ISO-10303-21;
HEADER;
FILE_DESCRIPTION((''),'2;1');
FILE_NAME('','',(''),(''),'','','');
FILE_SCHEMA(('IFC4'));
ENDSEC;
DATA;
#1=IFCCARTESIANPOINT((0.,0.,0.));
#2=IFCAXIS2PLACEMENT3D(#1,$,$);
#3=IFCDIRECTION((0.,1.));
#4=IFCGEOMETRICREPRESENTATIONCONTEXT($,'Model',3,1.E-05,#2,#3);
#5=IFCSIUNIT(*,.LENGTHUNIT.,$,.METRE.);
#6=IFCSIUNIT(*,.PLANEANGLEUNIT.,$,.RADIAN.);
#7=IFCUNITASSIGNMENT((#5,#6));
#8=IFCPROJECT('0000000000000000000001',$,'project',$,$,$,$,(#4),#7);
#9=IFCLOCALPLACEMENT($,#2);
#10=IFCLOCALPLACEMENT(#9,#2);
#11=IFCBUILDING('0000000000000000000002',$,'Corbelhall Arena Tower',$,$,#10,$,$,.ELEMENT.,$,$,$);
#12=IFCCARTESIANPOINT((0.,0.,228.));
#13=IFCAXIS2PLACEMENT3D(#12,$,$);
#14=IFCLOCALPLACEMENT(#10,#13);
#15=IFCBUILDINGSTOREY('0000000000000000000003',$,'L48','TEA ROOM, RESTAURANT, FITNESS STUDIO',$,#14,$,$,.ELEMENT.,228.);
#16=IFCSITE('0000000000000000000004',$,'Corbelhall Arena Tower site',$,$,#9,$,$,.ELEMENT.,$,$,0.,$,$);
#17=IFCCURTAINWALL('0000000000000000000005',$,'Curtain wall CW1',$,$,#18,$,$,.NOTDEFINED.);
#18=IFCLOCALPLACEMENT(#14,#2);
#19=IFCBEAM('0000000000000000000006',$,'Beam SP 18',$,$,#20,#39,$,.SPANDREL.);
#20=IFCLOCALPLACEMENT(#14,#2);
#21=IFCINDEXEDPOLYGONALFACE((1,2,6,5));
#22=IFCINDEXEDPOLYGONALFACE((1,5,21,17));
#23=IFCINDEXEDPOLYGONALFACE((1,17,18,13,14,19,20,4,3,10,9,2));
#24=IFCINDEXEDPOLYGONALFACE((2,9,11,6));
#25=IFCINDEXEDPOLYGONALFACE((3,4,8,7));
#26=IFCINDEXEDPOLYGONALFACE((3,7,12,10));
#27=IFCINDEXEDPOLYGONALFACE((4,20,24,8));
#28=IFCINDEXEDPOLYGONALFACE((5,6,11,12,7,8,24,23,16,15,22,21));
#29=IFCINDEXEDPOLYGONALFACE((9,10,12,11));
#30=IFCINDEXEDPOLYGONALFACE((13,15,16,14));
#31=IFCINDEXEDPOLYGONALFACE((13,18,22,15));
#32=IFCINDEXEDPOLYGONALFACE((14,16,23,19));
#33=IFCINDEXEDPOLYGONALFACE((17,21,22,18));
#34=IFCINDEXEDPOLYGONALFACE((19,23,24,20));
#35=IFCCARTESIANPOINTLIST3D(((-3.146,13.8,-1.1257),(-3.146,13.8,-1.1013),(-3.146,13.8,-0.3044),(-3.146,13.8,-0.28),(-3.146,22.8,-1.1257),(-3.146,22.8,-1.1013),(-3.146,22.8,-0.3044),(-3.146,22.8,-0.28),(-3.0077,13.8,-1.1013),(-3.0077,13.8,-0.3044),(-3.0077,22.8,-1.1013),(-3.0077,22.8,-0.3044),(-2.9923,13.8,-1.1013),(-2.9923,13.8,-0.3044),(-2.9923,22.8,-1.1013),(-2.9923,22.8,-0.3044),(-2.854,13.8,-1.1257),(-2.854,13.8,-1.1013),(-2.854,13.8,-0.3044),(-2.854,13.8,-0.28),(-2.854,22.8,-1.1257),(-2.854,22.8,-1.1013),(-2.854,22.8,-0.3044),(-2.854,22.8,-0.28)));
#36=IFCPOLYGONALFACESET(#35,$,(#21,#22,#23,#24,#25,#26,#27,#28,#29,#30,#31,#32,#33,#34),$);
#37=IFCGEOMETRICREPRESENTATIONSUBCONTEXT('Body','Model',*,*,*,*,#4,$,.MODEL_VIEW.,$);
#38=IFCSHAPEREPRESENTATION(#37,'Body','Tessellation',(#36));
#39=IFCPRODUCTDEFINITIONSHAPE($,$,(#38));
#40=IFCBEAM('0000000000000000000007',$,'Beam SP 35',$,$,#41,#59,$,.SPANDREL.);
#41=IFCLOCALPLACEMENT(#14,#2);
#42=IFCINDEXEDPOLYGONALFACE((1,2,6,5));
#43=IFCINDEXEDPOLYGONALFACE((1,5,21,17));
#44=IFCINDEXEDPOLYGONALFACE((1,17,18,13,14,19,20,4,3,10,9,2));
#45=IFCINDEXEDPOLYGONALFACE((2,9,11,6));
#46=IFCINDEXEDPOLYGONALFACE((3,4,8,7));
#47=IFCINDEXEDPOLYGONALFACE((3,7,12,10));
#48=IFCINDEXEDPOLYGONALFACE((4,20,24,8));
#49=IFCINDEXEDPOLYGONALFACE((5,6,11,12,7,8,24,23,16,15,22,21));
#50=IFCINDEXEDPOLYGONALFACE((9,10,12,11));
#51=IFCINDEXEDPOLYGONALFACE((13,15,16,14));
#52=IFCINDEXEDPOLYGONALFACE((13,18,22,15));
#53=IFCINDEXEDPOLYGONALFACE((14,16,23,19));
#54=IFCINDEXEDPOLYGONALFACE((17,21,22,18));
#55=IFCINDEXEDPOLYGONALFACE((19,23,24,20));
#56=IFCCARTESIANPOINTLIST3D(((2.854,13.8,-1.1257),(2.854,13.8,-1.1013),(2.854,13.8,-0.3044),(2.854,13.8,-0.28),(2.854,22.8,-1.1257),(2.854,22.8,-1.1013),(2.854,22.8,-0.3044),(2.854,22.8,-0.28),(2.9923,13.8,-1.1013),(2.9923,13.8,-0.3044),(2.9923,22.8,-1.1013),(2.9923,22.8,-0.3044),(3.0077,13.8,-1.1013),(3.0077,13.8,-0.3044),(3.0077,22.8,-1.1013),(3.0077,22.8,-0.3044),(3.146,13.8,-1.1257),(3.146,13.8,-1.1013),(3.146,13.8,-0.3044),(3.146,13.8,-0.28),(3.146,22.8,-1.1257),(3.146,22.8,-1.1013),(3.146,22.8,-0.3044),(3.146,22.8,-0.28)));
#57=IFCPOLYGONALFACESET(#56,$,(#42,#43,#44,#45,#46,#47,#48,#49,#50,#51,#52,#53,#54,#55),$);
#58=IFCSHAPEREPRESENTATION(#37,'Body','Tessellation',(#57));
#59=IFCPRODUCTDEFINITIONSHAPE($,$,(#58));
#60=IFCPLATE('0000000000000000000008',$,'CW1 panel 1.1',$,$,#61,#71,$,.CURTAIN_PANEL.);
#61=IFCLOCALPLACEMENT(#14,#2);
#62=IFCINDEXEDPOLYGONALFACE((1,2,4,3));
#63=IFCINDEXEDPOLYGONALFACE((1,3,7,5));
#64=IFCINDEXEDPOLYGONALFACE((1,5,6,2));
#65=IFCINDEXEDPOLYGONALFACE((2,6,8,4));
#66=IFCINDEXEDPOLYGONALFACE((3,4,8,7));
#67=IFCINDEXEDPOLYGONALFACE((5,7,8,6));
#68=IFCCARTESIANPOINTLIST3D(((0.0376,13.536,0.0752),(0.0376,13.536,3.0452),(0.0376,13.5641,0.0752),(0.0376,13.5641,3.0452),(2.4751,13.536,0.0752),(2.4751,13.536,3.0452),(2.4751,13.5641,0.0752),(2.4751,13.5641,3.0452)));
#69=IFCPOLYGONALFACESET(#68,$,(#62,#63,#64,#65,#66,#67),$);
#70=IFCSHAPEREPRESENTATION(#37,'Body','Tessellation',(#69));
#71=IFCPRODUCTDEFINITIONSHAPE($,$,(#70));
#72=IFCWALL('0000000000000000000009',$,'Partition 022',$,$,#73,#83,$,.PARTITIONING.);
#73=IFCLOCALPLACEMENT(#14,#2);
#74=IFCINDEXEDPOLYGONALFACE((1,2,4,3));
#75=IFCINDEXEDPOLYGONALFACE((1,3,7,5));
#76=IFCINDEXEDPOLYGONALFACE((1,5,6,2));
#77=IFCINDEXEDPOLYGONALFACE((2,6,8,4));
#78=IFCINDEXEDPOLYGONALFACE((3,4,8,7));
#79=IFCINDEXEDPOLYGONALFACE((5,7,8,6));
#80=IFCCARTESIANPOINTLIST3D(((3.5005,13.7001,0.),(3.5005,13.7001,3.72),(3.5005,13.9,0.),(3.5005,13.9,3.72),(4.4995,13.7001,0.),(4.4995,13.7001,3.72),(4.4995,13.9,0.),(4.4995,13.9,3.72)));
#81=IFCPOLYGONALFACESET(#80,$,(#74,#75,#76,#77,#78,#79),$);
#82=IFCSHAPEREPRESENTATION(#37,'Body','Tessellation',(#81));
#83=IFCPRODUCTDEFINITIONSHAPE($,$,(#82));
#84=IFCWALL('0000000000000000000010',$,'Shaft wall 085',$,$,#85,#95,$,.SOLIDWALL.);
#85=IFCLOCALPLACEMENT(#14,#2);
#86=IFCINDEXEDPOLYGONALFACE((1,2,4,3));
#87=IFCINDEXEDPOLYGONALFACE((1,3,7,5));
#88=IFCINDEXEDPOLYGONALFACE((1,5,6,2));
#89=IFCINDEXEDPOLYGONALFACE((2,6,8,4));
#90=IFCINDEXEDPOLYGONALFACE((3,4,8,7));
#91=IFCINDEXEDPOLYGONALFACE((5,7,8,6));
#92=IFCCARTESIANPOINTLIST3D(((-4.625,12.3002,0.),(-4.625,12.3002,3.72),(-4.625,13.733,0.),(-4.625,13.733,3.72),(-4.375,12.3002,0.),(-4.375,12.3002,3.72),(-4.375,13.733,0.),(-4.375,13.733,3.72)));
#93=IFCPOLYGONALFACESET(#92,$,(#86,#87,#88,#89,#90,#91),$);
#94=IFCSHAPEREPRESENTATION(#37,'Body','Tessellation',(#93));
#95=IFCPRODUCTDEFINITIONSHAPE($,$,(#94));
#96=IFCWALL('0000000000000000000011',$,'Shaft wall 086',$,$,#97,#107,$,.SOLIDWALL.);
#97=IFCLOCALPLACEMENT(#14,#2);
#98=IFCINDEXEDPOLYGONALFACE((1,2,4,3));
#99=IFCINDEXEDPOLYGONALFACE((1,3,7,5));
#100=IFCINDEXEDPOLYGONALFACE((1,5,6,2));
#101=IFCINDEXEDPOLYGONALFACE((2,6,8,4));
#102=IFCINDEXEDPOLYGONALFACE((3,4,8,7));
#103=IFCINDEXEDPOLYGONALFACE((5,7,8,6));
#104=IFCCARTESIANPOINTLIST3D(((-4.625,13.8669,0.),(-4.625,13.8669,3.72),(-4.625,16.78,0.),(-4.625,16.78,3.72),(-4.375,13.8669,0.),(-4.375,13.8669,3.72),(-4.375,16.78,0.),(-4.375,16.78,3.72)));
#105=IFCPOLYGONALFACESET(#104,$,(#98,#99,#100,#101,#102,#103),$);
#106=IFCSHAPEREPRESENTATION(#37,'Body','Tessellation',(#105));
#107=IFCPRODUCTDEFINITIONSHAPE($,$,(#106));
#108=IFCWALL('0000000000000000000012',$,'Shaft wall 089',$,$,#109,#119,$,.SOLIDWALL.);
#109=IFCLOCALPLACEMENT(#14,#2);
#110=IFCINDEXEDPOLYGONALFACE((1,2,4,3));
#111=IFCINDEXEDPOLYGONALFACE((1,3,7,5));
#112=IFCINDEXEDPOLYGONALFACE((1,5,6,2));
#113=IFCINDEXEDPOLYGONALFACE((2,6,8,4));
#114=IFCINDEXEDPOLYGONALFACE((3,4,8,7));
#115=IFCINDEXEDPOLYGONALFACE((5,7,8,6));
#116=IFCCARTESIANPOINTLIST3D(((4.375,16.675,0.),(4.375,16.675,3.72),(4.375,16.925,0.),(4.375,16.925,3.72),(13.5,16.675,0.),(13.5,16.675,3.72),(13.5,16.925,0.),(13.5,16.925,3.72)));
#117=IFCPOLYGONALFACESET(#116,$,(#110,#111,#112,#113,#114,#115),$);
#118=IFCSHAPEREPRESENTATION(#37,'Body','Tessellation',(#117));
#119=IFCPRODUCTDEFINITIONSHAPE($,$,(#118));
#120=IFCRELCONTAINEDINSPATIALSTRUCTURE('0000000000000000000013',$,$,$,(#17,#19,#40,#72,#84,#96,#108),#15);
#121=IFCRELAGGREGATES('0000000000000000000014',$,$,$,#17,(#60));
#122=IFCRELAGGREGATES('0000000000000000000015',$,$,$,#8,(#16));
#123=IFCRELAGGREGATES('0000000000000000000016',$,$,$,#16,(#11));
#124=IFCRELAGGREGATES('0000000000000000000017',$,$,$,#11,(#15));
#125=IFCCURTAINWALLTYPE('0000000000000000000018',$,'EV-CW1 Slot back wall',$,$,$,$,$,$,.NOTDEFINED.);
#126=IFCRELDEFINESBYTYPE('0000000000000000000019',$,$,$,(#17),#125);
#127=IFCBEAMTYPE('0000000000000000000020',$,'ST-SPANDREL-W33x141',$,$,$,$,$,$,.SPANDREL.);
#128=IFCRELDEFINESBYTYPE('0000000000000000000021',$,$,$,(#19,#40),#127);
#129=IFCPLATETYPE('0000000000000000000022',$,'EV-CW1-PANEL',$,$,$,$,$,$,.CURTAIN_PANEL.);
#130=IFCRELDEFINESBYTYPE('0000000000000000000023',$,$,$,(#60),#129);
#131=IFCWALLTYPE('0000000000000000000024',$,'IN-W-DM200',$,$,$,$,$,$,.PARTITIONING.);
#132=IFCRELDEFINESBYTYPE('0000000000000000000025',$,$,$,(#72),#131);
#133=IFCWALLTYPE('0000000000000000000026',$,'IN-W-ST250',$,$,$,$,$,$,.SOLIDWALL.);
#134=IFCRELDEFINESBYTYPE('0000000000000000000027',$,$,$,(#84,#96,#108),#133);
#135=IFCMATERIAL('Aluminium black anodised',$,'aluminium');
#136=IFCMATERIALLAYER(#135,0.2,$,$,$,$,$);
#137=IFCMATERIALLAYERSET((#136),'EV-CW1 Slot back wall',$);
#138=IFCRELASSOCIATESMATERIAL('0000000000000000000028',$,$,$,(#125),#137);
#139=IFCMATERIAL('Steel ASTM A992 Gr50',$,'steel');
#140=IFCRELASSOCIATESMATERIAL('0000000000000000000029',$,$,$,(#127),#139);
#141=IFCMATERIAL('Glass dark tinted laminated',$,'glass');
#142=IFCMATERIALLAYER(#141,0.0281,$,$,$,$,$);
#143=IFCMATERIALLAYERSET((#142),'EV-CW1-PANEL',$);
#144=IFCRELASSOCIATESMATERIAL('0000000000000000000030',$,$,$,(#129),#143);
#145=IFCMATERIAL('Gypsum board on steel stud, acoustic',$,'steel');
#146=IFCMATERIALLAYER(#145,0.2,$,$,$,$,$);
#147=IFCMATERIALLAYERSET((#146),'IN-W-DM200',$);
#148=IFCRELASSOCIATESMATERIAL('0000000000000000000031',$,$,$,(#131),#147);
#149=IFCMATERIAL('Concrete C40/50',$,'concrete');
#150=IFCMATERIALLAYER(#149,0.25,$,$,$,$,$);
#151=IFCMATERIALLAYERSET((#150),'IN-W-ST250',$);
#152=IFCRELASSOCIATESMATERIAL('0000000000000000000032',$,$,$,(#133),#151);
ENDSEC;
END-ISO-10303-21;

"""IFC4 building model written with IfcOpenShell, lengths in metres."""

from ifc_helpers import new_model, si_unit, direction, frame, frame_2d, origin, origin_2d, place, context, subcontext, project, spatial, rectangle, i_section, extrude, material, layer, layer_set, material_profile, profile_set, type_object, element, aggregate, save


model = new_model("IFC4")

# Units and contexts
model_context = context("Model", 3, precision=1e-05, world=origin(), true_north=direction((0.0, 1.0)))
body_context = subcontext(model_context, "Body", "Model", "MODEL_VIEW")
ifc_project = project(units=[si_unit("LENGTHUNIT", "METRE"), si_unit("PLANEANGLEUNIT", "RADIAN")], contexts=[model_context])

# Site, building, storey
site_placement = place(None, origin())
site = spatial("IfcSite", under=ifc_project, at=site_placement, Name="Corbelhall Arena Tower site", CompositionType="ELEMENT", RefElevation=0.0)
building_placement = place(site_placement, origin())
building = spatial("IfcBuilding", under=site, at=building_placement, Name="Corbelhall Arena Tower", CompositionType="ELEMENT")
storey_placement = place(building_placement, frame((0.0, 0.0, 228.0)))
storey = spatial("IfcBuildingStorey", under=building, at=storey_placement, Name="L48", Description="TEA ROOM, RESTAURANT, FITNESS STUDIO", CompositionType="ELEMENT", Elevation=228.0)

# Curtain wall
ifc_material_1 = material(Name="Aluminium black anodised", Category="aluminium")
ifc_layer_1 = layer(ifc_material_1, 0.2)
ifc_layer_set_1 = layer_set([ifc_layer_1], Name="EV-CW1 Slot back wall")
curtain_wall_type = type_object("IfcCurtainWallType", Name="EV-CW1 Slot back wall", PredefinedType="NOTDEFINED", material=ifc_layer_set_1)
curtain_wall_placement = place(storey_placement, origin())
curtain_wall = element("IfcCurtainWall", 1, at=curtain_wall_placement, inside=storey, type_object=curtain_wall_type, Name="Curtain wall CW1", PredefinedType="NOTDEFINED")

# Beams
ifc_material_2 = material(Name="Steel ASTM A992 Gr50", Category="steel")
ifc_material_profile_1 = material_profile(ifc_material_2, i_section(OverallWidth=0.292, OverallDepth=0.8457, WebThickness=0.0154, FlangeThickness=0.0244, at=origin_2d()))
ifc_profile_set_1 = profile_set([ifc_material_profile_1], Name="Steel ASTM A992 Gr50")
beam_type_1 = type_object("IfcBeamType", Name="ST-SPANDREL-W33x141", PredefinedType="SPANDREL", material=ifc_profile_set_1)
for number, where, z_axis, x_axis, name in (
    (2, (-3.0, 22.8, -0.7029), (0.0, -1.0, 0.0), (1.0, 0.0, 0.0), "Beam SP 18"),
    (3, (3.0, 13.8, -0.7029), (0.0, 1.0, 0.0), (-1.0, 0.0, 0.0), "Beam SP 35"),
):
    element("IfcBeam", number, at=place(storey_placement, frame(where, z_axis=z_axis, x_axis=x_axis)), inside=storey, type_object=beam_type_1, Name=name, PredefinedType="SPANDREL", context=body_context, shape_type="SweptSolid", body=[
        extrude(i_section(OverallWidth=0.292, OverallDepth=0.8457, WebThickness=0.0154, FlangeThickness=0.0244, at=origin_2d()), origin(), (0.0, 0.0, 1.0), 9.0),
    ])

# Plate
ifc_material_3 = material(Name="Glass dark tinted laminated", Category="glass")
ifc_layer_2 = layer(ifc_material_3, 0.0281)
ifc_layer_set_2 = layer_set([ifc_layer_2], Name="EV-CW1-PANEL")
plate_type = type_object("IfcPlateType", Name="EV-CW1-PANEL", PredefinedType="CURTAIN_PANEL", material=ifc_layer_set_2)
plate_placement = place(storey_placement, frame((1.2563, 13.55, 0.0752), z_axis=(0.0, 0.0, 1.0), x_axis=(-1.0, 0.0, 0.0)))
plate = element("IfcPlate", 4, at=plate_placement, type_object=plate_type, Name="CW1 panel 1.1", PredefinedType="CURTAIN_PANEL", context=body_context, shape_type="SweptSolid", body=[
    extrude(rectangle(XDim=2.4375, YDim=0.0281, at=origin_2d()), origin(), (0.0, 0.0, 1.0), 2.97),
])
aggregate(curtain_wall, [plate])

# Walls
ifc_material_4 = material(Name="Gypsum board on steel stud, acoustic", Category="steel")
ifc_layer_3 = layer(ifc_material_4, 0.2)
ifc_layer_set_3 = layer_set([ifc_layer_3], Name="IN-W-DM200")
wall_type_1 = type_object("IfcWallType", Name="IN-W-DM200", PredefinedType="PARTITIONING", material=ifc_layer_set_3)
wall_1_placement = place(storey_placement, frame((3.5005, 13.8, 0.0), z_axis=(0.0, 0.0, 1.0), x_axis=(1.0, 0.0, 0.0)))
element("IfcWall", 5, at=wall_1_placement, inside=storey, type_object=wall_type_1, Name="Partition 022", PredefinedType="PARTITIONING", context=body_context, shape_type="SweptSolid", body=[
    extrude(rectangle(XDim=0.999, YDim=0.2, at=frame_2d((0.4995, 0.0))), origin(), (0.0, 0.0, 1.0), 3.72),
])
ifc_material_5 = material(Name="Concrete C40/50", Category="concrete")
ifc_layer_4 = layer(ifc_material_5, 0.25)
ifc_layer_set_4 = layer_set([ifc_layer_4], Name="IN-W-ST250")
wall_type_2 = type_object("IfcWallType", Name="IN-W-ST250", PredefinedType="SOLIDWALL", material=ifc_layer_set_4)
wall_2_placement = place(storey_placement, frame((-4.5, 13.7329, 0.0), z_axis=(0.0, 0.0, 1.0), x_axis=(0.0, -1.0, 0.0)))
element("IfcWall", 6, at=wall_2_placement, inside=storey, type_object=wall_type_2, Name="Shaft wall 085", PredefinedType="SOLIDWALL", context=body_context, shape_type="SweptSolid", body=[
    extrude(rectangle(XDim=1.4329, YDim=0.25, at=frame_2d((0.7163, 0.0))), origin(), (0.0, 0.0, 1.0), 3.72),
])
wall_3_placement = place(storey_placement, frame((-4.5, 16.78, 0.0), z_axis=(0.0, 0.0, 1.0), x_axis=(0.0, -1.0, 0.0)))
element("IfcWall", 7, at=wall_3_placement, inside=storey, type_object=wall_type_2, Name="Shaft wall 086", PredefinedType="SOLIDWALL", context=body_context, shape_type="SweptSolid", body=[
    extrude(rectangle(XDim=2.9131, YDim=0.25, at=frame_2d((1.4565, 0.0))), origin(), (0.0, 0.0, 1.0), 3.72),
])
wall_4_placement = place(storey_placement, frame((4.375, 16.8, 0.0), z_axis=(0.0, 0.0, 1.0), x_axis=(1.0, 0.0, 0.0)))
element("IfcWall", 8, at=wall_4_placement, inside=storey, type_object=wall_type_2, Name="Shaft wall 089", PredefinedType="SOLIDWALL", context=body_context, shape_type="SweptSolid", body=[
    extrude(rectangle(XDim=9.125, YDim=0.25, at=frame_2d((4.5625, 0.0))), origin(), (0.0, 0.0, 1.0), 3.72),
])

save(model, "model.ifc")
